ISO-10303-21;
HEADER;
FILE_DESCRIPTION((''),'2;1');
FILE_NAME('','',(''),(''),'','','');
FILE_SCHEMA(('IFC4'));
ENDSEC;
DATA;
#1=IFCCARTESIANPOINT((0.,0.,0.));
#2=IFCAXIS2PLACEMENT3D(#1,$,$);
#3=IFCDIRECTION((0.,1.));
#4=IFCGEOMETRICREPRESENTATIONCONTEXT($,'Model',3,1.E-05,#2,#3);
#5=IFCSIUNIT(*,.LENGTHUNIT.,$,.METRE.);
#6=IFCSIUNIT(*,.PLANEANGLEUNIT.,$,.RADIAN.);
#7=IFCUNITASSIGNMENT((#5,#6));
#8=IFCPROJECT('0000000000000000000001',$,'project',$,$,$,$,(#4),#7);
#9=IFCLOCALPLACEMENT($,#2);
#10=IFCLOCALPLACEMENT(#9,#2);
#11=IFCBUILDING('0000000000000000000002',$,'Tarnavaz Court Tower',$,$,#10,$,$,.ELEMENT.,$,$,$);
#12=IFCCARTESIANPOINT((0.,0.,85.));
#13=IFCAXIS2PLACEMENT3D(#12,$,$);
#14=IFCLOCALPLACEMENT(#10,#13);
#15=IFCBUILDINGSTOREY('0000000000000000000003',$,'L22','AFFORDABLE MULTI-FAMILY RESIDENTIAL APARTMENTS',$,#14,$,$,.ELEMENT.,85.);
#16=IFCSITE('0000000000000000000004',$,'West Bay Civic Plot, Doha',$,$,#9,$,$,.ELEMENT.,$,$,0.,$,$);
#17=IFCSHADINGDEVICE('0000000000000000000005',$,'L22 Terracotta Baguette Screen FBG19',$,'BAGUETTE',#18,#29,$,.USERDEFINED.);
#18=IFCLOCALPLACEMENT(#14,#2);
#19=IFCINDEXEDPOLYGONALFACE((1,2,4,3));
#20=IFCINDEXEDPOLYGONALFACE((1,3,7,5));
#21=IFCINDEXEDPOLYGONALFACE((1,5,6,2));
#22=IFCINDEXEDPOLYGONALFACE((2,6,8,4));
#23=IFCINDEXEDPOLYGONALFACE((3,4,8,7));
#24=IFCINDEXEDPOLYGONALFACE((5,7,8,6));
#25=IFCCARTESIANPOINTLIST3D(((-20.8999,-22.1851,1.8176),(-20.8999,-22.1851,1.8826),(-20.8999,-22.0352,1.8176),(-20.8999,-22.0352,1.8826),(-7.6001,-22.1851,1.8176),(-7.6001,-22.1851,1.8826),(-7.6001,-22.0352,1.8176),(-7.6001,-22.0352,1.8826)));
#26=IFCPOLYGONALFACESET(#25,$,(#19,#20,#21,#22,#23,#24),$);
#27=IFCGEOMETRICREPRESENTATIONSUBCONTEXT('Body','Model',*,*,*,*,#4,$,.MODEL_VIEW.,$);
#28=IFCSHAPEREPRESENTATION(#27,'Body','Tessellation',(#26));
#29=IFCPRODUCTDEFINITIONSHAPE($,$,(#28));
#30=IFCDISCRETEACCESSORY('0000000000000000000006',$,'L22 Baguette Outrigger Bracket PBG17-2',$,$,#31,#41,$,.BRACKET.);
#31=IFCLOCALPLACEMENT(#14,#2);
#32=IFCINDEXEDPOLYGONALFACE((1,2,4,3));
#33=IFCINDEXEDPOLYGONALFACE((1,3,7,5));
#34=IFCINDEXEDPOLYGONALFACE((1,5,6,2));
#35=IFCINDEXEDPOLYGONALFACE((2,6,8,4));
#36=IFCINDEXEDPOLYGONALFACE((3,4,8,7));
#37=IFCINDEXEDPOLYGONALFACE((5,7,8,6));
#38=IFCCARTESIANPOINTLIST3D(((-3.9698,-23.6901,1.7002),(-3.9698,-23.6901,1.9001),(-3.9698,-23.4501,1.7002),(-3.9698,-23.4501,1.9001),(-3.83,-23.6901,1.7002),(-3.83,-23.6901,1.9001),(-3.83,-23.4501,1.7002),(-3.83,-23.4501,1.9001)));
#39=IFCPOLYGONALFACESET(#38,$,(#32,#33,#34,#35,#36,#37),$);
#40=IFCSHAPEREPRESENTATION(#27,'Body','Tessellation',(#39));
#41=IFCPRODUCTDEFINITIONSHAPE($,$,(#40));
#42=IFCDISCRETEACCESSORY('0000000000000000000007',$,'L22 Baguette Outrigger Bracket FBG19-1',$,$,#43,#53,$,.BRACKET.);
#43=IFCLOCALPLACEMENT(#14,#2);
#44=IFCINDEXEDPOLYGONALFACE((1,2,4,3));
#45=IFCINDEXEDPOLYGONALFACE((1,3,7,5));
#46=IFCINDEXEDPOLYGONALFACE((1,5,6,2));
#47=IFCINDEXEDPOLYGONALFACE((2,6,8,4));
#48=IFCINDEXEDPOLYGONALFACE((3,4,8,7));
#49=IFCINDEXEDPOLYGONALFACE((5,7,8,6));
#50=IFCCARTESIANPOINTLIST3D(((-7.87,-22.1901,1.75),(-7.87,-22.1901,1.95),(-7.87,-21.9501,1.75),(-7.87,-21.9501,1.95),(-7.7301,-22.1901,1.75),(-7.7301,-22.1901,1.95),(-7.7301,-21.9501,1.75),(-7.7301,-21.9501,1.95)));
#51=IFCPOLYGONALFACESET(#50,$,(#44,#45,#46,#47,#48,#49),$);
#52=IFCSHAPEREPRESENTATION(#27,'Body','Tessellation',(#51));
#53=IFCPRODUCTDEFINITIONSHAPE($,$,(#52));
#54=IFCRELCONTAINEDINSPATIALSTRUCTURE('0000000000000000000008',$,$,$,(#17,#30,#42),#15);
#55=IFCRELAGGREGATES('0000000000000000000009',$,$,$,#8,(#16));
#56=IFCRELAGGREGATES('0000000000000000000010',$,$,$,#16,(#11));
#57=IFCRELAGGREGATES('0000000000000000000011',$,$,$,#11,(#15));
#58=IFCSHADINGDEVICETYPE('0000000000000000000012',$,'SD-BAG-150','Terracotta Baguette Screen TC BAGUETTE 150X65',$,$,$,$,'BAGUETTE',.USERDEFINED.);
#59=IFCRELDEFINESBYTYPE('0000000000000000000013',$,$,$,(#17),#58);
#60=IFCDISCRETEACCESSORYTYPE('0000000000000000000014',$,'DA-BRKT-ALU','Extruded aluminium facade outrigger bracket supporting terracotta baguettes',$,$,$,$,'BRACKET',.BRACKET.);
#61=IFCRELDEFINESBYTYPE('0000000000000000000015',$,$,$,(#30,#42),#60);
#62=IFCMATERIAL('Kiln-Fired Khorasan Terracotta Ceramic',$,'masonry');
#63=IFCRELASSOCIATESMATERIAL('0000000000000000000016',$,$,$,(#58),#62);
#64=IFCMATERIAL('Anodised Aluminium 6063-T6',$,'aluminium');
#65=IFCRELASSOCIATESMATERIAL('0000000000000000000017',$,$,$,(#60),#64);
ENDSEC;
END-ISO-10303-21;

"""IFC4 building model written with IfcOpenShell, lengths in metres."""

from ifc_helpers import new_model, si_unit, direction, frame, origin, origin_2d, place, context, subcontext, project, spatial, rectangle, extrude, material, material_profile, profile_set, type_object, element, save


model = new_model("IFC4")

# Units and contexts
model_context = context("Model", 3, precision=1e-05, world=origin(), true_north=direction((0.0, 1.0)))
body_context = subcontext(model_context, "Body", "Model", "MODEL_VIEW")
ifc_project = project(units=[si_unit("LENGTHUNIT", "METRE"), si_unit("PLANEANGLEUNIT", "RADIAN")], contexts=[model_context])

# Site, building, storey
site_placement = place(None, origin())
site = spatial("IfcSite", under=ifc_project, at=site_placement, Name="West Bay Civic Plot, Doha", CompositionType="ELEMENT", RefElevation=0.0)
building_placement = place(site_placement, origin())
building = spatial("IfcBuilding", under=site, at=building_placement, Name="Tarnavaz Court Tower", CompositionType="ELEMENT")
storey_placement = place(building_placement, frame((0.0, 0.0, 85.0)))
storey = spatial("IfcBuildingStorey", under=building, at=storey_placement, Name="L22", Description="AFFORDABLE MULTI-FAMILY RESIDENTIAL APARTMENTS", CompositionType="ELEMENT", Elevation=85.0)

# Shared definitions
ifc_material_1 = material(Name="Anodised Aluminium 6063-T6", Category="aluminium")

# Shading device
ifc_material_2 = material(Name="Kiln-Fired Khorasan Terracotta Ceramic", Category="masonry")
ifc_material_profile_1 = material_profile(ifc_material_2, rectangle(XDim=0.1499, YDim=0.0649, at=origin_2d()), Name="TC BAGUETTE 150X65")
ifc_profile_set_1 = profile_set([ifc_material_profile_1], Name="Kiln-Fired Khorasan Terracotta Ceramic")
shading_device_type = type_object("IfcShadingDeviceType", Name="SD-BAG-150", Description="Terracotta Baguette Screen TC BAGUETTE 150X65", ElementType="BAGUETTE", PredefinedType="USERDEFINED", material=ifc_profile_set_1)
shading_device_placement = place(storey_placement, frame((-7.6001, -22.1101, 1.8501), z_axis=(-1.0, 0.0, 0.0), x_axis=(0.0, -1.0, 0.0)))
element("IfcShadingDevice", 1, at=shading_device_placement, inside=storey, type_object=shading_device_type, Name="L22 Terracotta Baguette Screen FBG19", ObjectType="BAGUETTE", PredefinedType="USERDEFINED", context=body_context, shape_type="SweptSolid", body=[
    extrude(rectangle(XDim=0.1499, YDim=0.0649, at=origin_2d()), origin(), (0.0, 0.0, 1.0), 13.2998),
])

# Discrete accessories
discrete_accessory_type = type_object("IfcDiscreteAccessoryType", Name="DA-BRKT-ALU", Description="Extruded aluminium facade outrigger bracket supporting terracotta baguettes", ElementType="BRACKET", PredefinedType="BRACKET", material=ifc_material_1)
for number, where, z_axis, x_axis, name in (
    (2, (-3.8999, -23.5701, 1.7002), (0.0, 0.0, 1.0), (-1.0, 0.0, 0.0), "L22 Baguette Outrigger Bracket PBG17-2"),
    (3, (-7.8, -22.0701, 1.75), (0.0, 0.0, 1.0), (-1.0, 0.0, 0.0), "L22 Baguette Outrigger Bracket FBG19-1"),
):
    element("IfcDiscreteAccessory", number, at=place(storey_placement, frame(where, z_axis=z_axis, x_axis=x_axis)), inside=storey, type_object=discrete_accessory_type, Name=name, PredefinedType="BRACKET", context=body_context, shape_type="SweptSolid", body=[
        extrude(rectangle(XDim=0.1399, YDim=0.24, at=origin_2d()), origin(), (0.0, 0.0, 1.0), 0.2),
    ])

save(model, "model.ifc")
